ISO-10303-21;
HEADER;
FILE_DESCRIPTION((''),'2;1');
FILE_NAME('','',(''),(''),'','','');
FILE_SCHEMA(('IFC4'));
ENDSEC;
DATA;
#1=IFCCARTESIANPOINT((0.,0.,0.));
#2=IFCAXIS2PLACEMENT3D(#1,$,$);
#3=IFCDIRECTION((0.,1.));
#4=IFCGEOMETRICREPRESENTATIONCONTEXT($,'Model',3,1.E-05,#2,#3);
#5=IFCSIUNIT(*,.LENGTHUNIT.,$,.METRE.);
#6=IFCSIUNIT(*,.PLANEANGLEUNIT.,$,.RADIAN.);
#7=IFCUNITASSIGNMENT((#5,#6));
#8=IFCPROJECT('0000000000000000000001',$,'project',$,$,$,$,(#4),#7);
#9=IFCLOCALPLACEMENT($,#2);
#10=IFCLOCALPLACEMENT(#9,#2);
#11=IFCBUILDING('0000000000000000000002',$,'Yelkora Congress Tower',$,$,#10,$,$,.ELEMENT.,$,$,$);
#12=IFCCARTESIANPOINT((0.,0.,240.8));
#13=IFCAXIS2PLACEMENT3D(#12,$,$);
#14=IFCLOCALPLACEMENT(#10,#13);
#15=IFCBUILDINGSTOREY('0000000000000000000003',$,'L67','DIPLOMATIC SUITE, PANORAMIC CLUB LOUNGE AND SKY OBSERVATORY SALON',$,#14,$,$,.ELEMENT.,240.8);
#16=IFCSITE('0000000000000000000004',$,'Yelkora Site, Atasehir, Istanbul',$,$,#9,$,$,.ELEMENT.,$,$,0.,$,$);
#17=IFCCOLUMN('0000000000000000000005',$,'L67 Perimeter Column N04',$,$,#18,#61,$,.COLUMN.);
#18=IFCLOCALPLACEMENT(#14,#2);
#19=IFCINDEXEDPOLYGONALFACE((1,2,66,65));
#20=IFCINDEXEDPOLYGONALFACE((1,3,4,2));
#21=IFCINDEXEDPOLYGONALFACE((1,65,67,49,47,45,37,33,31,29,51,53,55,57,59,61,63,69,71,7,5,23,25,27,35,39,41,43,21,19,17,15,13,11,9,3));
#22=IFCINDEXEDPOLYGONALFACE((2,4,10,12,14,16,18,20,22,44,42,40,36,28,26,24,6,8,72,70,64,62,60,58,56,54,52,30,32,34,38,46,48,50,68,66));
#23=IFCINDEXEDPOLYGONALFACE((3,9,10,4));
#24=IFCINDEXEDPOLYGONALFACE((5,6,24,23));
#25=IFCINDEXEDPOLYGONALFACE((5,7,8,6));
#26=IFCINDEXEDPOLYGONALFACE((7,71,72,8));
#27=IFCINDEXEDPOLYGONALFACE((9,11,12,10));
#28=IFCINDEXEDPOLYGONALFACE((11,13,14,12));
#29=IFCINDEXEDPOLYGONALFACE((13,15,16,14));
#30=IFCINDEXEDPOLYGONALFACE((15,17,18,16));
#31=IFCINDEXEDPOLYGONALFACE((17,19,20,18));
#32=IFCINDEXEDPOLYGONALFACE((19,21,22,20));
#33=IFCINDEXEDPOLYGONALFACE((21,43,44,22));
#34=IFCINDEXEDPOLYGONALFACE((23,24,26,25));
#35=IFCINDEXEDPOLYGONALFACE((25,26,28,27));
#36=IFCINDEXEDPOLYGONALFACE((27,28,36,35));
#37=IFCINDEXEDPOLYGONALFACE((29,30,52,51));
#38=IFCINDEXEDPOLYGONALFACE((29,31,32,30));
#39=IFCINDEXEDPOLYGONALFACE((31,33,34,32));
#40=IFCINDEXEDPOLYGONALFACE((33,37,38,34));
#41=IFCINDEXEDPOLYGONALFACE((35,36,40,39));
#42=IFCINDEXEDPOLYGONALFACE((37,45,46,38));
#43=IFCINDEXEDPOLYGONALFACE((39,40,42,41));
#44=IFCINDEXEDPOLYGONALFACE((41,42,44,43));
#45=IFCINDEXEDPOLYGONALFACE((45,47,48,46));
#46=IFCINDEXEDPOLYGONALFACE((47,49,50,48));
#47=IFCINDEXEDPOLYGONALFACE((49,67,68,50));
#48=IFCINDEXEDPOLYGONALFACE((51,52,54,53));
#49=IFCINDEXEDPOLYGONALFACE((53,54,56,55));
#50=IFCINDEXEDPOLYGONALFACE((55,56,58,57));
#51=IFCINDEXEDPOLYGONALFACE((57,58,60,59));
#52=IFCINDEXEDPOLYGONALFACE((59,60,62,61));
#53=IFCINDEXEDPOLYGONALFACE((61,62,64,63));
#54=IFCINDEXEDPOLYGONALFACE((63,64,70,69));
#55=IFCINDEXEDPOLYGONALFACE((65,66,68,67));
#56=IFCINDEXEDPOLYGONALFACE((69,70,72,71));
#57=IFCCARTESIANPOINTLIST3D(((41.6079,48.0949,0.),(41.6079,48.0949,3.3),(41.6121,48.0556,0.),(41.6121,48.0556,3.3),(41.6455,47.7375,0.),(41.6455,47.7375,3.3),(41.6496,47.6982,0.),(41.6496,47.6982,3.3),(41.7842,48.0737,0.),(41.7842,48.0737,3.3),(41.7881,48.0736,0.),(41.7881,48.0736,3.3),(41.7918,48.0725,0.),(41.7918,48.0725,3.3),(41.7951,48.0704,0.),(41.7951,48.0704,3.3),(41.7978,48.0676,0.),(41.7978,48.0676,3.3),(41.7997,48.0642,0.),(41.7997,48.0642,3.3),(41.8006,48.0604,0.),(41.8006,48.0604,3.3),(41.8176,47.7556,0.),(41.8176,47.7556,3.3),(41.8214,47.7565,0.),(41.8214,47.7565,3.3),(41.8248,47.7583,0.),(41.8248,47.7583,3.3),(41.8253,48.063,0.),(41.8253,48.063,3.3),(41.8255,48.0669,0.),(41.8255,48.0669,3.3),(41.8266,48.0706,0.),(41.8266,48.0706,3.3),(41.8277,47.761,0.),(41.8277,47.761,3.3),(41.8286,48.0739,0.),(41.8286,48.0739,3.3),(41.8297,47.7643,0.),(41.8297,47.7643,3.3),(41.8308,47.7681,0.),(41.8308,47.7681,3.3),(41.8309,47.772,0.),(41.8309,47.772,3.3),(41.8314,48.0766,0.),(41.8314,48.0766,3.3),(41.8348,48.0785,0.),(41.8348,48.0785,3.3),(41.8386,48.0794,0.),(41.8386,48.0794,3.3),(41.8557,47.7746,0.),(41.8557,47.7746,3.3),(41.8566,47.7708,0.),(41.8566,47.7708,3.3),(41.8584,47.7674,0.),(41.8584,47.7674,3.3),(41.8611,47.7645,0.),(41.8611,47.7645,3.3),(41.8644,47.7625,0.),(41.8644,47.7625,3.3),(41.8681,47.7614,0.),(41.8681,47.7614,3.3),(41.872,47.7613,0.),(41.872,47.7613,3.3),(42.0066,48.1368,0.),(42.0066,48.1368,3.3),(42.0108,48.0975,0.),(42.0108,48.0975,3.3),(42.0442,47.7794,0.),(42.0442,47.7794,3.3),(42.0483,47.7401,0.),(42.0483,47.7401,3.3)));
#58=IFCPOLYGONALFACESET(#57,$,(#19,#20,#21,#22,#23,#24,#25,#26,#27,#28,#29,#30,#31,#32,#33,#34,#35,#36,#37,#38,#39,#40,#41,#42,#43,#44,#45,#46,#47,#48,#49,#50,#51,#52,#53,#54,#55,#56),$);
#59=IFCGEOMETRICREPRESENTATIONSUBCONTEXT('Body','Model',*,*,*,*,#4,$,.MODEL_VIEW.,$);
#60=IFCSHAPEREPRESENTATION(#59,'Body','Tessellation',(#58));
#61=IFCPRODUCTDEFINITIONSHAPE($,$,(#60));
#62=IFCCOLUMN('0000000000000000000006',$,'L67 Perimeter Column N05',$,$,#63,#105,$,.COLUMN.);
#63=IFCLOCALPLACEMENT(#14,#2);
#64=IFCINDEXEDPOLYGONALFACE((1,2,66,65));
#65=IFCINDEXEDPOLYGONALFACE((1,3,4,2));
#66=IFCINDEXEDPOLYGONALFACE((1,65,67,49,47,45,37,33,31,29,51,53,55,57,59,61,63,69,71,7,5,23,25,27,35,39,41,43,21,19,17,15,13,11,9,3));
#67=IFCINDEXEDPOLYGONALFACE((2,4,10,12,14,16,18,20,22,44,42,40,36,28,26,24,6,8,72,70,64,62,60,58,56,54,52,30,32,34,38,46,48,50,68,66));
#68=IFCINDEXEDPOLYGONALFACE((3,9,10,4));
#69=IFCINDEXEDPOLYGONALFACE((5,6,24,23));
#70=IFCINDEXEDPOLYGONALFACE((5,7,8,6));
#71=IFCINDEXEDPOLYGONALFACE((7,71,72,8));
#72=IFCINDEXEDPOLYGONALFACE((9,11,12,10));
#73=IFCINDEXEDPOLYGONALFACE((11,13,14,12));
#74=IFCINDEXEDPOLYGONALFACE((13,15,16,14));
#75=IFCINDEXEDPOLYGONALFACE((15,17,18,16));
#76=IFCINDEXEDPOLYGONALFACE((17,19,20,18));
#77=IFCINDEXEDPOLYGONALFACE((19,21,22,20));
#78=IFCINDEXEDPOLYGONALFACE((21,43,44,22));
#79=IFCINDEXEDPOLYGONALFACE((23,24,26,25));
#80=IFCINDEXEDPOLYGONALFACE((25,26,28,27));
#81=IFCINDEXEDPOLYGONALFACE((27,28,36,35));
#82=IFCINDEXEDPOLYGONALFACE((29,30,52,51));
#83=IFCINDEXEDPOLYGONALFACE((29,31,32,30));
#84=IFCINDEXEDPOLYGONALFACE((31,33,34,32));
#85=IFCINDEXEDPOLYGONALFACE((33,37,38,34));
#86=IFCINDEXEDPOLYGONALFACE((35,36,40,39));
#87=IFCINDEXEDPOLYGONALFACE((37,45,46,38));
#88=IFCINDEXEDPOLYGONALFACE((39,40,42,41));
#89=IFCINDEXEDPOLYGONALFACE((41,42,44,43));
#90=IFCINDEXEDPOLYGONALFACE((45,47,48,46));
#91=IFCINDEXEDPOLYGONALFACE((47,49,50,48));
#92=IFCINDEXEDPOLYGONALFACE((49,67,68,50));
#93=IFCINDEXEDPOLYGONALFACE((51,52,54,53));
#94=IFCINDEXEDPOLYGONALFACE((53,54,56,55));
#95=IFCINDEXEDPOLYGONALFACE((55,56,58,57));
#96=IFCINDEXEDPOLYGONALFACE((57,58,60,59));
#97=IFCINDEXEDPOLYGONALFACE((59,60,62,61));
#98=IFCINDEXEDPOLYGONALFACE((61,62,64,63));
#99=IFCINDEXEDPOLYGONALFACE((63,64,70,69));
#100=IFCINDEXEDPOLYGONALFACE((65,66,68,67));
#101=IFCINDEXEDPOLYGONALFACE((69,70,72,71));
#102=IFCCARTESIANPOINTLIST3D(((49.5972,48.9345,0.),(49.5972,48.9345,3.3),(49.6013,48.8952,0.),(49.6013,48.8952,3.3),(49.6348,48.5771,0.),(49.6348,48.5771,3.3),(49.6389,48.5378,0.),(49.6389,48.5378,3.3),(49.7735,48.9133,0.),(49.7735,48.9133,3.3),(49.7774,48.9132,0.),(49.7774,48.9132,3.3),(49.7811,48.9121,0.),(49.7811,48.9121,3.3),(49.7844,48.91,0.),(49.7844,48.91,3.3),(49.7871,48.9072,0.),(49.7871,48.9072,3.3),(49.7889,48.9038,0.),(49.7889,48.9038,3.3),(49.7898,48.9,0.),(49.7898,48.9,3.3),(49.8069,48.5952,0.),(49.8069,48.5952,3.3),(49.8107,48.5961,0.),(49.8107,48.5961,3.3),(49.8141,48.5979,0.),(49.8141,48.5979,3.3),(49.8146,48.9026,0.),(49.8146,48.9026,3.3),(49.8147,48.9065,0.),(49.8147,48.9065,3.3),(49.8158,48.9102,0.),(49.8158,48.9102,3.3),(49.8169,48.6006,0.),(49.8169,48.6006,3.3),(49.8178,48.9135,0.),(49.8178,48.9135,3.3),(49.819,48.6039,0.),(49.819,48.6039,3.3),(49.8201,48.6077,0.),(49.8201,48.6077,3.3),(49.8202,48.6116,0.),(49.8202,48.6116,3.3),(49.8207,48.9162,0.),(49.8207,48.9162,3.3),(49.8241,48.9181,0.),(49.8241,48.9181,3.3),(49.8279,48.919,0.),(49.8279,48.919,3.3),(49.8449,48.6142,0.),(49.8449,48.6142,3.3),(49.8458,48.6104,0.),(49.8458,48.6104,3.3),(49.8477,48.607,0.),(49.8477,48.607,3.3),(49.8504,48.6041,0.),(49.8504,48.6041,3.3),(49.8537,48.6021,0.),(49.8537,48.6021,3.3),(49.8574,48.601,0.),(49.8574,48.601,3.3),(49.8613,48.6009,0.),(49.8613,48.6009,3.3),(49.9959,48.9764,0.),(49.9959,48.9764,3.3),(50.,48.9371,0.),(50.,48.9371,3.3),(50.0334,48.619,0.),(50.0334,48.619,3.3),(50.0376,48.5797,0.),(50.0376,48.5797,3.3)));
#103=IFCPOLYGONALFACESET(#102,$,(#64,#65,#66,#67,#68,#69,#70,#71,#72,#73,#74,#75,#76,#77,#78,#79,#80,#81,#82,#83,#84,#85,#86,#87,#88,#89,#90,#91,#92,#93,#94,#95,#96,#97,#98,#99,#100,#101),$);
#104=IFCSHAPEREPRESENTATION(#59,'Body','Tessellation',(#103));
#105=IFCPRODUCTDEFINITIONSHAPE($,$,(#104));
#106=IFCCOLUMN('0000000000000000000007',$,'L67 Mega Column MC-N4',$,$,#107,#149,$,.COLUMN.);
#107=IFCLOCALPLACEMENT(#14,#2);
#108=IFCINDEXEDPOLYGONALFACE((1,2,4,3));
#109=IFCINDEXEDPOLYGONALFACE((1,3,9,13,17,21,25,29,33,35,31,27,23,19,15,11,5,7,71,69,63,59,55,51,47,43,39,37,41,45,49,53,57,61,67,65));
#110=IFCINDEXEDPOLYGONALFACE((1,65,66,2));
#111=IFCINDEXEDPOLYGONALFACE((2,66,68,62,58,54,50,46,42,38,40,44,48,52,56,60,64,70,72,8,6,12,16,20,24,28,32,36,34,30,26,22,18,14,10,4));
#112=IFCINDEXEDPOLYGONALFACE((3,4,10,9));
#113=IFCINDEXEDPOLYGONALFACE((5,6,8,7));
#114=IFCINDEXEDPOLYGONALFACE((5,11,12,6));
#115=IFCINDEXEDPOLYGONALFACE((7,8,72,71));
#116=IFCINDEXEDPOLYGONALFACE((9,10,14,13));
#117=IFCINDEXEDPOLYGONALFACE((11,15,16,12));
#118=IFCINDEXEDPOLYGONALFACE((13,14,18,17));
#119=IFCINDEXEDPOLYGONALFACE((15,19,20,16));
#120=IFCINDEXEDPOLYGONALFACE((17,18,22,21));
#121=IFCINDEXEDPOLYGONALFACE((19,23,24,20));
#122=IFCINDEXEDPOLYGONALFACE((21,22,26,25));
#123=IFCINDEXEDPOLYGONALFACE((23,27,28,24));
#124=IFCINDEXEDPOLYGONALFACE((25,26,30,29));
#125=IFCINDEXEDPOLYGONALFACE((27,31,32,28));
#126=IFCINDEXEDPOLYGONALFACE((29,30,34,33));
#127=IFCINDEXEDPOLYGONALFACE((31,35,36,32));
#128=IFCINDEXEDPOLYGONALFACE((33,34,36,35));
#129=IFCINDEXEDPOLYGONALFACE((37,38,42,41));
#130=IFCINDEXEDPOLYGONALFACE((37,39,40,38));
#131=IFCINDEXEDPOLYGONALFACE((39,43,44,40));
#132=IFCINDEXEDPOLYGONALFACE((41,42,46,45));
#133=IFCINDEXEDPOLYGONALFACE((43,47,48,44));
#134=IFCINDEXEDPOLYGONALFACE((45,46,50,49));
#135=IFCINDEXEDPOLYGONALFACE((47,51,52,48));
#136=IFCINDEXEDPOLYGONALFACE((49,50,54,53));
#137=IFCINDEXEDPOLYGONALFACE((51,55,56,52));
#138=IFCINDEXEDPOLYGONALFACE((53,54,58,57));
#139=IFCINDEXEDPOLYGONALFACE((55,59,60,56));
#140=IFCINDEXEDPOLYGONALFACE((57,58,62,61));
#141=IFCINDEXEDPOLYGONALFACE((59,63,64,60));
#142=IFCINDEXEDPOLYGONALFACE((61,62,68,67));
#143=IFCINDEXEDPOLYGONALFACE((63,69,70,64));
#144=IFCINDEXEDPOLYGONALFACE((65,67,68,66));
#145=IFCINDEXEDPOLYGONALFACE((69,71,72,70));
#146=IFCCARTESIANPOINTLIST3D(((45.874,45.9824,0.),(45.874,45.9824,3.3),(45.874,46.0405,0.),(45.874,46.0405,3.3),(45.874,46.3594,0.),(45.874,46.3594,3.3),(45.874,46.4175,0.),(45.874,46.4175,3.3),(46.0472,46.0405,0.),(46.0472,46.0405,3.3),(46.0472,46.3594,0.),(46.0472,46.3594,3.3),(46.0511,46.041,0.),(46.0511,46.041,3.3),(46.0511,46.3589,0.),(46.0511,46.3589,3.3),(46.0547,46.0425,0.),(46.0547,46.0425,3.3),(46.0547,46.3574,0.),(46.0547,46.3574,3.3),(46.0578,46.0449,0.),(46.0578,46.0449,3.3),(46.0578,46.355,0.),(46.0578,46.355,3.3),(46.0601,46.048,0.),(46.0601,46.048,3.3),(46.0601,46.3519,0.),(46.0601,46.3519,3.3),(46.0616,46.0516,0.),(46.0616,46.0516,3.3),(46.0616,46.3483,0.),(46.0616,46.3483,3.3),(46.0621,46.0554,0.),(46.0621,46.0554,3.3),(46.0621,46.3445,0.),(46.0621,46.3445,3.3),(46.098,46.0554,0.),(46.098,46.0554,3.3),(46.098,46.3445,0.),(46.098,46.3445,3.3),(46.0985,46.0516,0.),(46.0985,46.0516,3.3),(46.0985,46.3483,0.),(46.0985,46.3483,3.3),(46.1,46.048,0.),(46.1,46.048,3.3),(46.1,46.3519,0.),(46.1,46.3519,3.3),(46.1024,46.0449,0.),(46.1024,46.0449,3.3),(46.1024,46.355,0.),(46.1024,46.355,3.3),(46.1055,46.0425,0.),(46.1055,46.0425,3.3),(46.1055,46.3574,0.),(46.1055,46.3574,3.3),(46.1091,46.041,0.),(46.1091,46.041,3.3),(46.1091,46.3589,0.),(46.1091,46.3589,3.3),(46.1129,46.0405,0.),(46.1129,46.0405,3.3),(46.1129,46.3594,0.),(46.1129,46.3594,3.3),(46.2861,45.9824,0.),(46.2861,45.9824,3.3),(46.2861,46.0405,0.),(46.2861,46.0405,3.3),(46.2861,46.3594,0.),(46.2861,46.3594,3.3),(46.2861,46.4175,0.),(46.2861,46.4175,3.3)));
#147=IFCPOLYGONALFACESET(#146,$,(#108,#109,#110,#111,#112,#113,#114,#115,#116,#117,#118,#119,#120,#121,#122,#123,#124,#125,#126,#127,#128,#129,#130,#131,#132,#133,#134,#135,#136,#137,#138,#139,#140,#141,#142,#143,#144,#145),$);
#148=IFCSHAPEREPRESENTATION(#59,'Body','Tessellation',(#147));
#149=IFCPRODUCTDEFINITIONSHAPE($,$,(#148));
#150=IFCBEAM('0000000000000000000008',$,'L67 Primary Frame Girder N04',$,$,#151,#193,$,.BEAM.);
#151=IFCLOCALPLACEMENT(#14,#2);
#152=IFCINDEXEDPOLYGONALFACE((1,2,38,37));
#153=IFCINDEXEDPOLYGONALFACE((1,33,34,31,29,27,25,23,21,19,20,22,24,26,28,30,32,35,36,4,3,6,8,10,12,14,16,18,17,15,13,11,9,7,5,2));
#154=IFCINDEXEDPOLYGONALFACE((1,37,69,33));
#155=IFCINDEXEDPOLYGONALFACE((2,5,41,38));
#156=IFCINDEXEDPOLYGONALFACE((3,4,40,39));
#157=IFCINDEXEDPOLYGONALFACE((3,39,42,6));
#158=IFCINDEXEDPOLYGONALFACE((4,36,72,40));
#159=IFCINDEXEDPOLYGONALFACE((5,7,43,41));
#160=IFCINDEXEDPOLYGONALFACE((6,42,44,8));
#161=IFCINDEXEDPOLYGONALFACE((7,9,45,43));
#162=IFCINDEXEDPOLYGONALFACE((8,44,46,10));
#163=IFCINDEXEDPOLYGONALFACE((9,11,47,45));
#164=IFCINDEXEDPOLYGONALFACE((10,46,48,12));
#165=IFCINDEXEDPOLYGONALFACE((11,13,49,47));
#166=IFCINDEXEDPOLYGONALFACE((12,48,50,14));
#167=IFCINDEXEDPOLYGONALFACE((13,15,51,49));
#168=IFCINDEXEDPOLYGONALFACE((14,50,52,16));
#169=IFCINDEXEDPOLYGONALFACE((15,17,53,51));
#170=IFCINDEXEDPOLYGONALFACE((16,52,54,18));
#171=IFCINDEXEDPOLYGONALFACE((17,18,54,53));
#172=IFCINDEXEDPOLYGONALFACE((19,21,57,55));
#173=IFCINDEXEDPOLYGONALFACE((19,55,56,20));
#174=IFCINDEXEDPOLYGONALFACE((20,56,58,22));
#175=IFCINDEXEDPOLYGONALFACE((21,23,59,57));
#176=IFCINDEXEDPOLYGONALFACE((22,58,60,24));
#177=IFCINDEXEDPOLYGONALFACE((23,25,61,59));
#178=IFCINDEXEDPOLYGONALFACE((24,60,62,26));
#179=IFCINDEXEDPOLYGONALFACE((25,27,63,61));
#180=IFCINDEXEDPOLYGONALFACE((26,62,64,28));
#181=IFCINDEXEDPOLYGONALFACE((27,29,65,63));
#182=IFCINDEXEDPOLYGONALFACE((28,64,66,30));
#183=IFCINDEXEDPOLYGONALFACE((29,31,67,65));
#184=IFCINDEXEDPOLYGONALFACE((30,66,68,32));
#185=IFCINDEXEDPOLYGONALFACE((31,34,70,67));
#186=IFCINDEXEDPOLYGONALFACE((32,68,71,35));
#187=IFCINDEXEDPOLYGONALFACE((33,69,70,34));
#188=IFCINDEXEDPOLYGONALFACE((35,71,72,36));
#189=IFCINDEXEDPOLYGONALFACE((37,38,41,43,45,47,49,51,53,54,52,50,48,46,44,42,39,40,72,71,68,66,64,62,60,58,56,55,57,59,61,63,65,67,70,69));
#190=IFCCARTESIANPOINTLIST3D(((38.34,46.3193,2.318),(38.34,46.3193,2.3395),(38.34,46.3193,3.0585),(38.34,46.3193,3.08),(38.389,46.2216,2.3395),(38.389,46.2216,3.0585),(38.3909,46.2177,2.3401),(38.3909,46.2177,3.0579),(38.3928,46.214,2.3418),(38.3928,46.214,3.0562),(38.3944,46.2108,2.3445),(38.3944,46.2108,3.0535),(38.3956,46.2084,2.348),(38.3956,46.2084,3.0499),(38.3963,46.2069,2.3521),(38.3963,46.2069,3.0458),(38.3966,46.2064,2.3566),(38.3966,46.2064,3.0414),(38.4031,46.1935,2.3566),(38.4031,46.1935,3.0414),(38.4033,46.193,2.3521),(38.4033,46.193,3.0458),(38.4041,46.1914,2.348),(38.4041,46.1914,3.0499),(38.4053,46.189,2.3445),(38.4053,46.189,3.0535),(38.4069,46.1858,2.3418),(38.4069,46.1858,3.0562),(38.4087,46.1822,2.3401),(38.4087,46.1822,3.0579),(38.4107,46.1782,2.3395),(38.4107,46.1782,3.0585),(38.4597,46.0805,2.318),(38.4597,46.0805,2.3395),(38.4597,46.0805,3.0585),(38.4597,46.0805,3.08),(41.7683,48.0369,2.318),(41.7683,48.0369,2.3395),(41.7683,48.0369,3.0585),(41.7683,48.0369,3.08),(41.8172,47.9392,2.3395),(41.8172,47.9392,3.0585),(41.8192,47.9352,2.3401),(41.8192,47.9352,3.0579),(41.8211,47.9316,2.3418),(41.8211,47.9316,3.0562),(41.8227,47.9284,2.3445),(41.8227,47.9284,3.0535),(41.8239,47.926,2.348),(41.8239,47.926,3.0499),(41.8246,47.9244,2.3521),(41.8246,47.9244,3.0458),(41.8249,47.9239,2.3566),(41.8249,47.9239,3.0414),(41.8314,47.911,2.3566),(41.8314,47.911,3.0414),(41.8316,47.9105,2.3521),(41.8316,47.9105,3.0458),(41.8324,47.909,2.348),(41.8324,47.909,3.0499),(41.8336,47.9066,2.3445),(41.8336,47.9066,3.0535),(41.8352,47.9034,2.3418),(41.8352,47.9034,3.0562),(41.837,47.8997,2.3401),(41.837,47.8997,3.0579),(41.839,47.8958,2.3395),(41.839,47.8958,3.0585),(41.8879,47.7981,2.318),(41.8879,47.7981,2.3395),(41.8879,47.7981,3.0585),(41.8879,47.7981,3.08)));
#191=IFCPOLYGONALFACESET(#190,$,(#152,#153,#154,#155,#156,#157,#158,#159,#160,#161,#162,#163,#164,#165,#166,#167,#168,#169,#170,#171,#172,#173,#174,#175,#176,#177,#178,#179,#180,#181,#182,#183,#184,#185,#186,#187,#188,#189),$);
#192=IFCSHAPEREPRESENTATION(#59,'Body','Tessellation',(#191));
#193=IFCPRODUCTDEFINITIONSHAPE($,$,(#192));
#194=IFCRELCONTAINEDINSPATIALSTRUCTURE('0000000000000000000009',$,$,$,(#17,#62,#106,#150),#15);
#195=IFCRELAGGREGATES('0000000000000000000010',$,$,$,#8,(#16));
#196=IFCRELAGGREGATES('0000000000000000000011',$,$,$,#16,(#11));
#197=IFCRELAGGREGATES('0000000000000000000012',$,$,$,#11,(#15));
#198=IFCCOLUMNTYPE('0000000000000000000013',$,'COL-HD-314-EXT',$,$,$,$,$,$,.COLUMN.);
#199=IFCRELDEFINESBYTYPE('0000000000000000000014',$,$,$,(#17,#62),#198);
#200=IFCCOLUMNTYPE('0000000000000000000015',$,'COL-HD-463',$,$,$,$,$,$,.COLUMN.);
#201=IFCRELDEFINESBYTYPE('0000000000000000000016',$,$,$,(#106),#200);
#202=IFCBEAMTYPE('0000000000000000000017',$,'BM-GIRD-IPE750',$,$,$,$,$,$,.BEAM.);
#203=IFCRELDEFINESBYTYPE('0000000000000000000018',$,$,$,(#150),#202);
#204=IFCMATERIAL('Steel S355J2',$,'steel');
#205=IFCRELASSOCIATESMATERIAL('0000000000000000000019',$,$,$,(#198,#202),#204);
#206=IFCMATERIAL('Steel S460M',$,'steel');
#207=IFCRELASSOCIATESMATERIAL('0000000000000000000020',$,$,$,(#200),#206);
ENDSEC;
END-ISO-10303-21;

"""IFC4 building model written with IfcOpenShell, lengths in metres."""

from ifc_helpers import new_model, si_unit, direction, frame, origin, origin_2d, place, context, subcontext, project, spatial, i_section, extrude, material, material_profile, profile_set, type_object, element, save


model = new_model("IFC4")

# Units and contexts
model_context = context("Model", 3, precision=1e-05, world=origin(), true_north=direction((0.0, 1.0)))
body_context = subcontext(model_context, "Body", "Model", "MODEL_VIEW")
ifc_project = project(units=[si_unit("LENGTHUNIT", "METRE"), si_unit("PLANEANGLEUNIT", "RADIAN")], contexts=[model_context])

# Site, building, storey
site_placement = place(None, origin())
site = spatial("IfcSite", under=ifc_project, at=site_placement, Name="Yelkora Site, Atasehir, Istanbul", CompositionType="ELEMENT", RefElevation=0.0)
building_placement = place(site_placement, origin())
building = spatial("IfcBuilding", under=site, at=building_placement, Name="Yelkora Congress Tower", CompositionType="ELEMENT")
storey_placement = place(building_placement, frame((0.0, 0.0, 240.8)))
storey = spatial("IfcBuildingStorey", under=building, at=storey_placement, Name="L67", Description="DIPLOMATIC SUITE, PANORAMIC CLUB LOUNGE AND SKY OBSERVATORY SALON", CompositionType="ELEMENT", Elevation=240.8)

# Columns
ifc_material_1 = material(Name="Steel S355J2", Category="steel")
ifc_material_profile_1 = material_profile(ifc_material_1, i_section(OverallWidth=0.4009, OverallDepth=0.3989, WebThickness=0.0249, FlangeThickness=0.0396, FilletRadius=0.0149, at=origin_2d()), Name="HD 400x314")
ifc_profile_set_1 = profile_set([ifc_material_profile_1], Name="Steel S355J2")
column_type_1 = type_object("IfcColumnType", Name="COL-HD-314-EXT", PredefinedType="COLUMN", material=ifc_profile_set_1)
for number, where, z_axis, x_axis, name in (
    (1, (41.8281, 47.9175, 0.0), (0.0, 0.0, 1.0), (0.994522, 0.104528, 0.0), "L67 Perimeter Column N04"),
    (2, (49.8174, 48.7571, 0.0), (0.0, 0.0, 1.0), (0.994522, 0.104528, 0.0), "L67 Perimeter Column N05"),
):
    element("IfcColumn", number, at=place(storey_placement, frame(where, z_axis=z_axis, x_axis=x_axis)), inside=storey, type_object=column_type_1, Name=name, PredefinedType="COLUMN", context=body_context, shape_type="SweptSolid", body=[
        extrude(i_section(OverallWidth=0.4009, OverallDepth=0.3989, WebThickness=0.0249, FlangeThickness=0.0396, FilletRadius=0.0149, at=origin_2d()), origin(), (0.0, 0.0, 1.0), 3.3),
    ])
ifc_material_2 = material(Name="Steel S460M", Category="steel")
ifc_material_profile_2 = material_profile(ifc_material_2, i_section(OverallWidth=0.4121, OverallDepth=0.4351, WebThickness=0.0359, FlangeThickness=0.0581, FilletRadius=0.0149, at=origin_2d()), Name="HD 400x463")
ifc_profile_set_2 = profile_set([ifc_material_profile_2], Name="Steel S460M")
column_type_2 = type_object("IfcColumnType", Name="COL-HD-463", PredefinedType="COLUMN", material=ifc_profile_set_2)
column_placement = place(storey_placement, frame((46.0801, 46.2, 0.0), z_axis=(0.0, 0.0, 1.0), x_axis=(1.0, 0.0, 0.0)))
element("IfcColumn", 3, at=column_placement, inside=storey, type_object=column_type_2, Name="L67 Mega Column MC-N4", PredefinedType="COLUMN", context=body_context, shape_type="SweptSolid", body=[
    extrude(i_section(OverallWidth=0.4121, OverallDepth=0.4351, WebThickness=0.0359, FlangeThickness=0.0581, FilletRadius=0.0149, at=origin_2d()), origin(), (0.0, 0.0, 1.0), 3.3),
])

# Beam
ifc_material_profile_3 = material_profile(ifc_material_1, i_section(OverallWidth=0.2671, OverallDepth=0.762, WebThickness=0.0144, FlangeThickness=0.0215, FilletRadius=0.0171, at=origin_2d()), Name="IPE 750x173")
ifc_profile_set_3 = profile_set([ifc_material_profile_3], Name="Steel S355J2")
beam_type_1 = type_object("IfcBeamType", Name="BM-GIRD-IPE750", PredefinedType="BEAM", material=ifc_profile_set_3)
beam_1_placement = place(storey_placement, frame((41.8281, 47.9175, 2.699), z_axis=(-0.89407, -0.447927, 0.0), x_axis=(0.447927, -0.89407, 0.0)))
element("IfcBeam", 4, at=beam_1_placement, inside=storey, type_object=beam_type_1, Name="L67 Primary Frame Girder N04", PredefinedType="BEAM", context=body_context, shape_type="SweptSolid", body=[
    extrude(i_section(OverallWidth=0.2671, OverallDepth=0.762, WebThickness=0.0144, FlangeThickness=0.0215, FilletRadius=0.0171, at=origin_2d()), origin(), (0.0, 0.0, 1.0), 3.8345),
])

save(model, "model.ifc")
